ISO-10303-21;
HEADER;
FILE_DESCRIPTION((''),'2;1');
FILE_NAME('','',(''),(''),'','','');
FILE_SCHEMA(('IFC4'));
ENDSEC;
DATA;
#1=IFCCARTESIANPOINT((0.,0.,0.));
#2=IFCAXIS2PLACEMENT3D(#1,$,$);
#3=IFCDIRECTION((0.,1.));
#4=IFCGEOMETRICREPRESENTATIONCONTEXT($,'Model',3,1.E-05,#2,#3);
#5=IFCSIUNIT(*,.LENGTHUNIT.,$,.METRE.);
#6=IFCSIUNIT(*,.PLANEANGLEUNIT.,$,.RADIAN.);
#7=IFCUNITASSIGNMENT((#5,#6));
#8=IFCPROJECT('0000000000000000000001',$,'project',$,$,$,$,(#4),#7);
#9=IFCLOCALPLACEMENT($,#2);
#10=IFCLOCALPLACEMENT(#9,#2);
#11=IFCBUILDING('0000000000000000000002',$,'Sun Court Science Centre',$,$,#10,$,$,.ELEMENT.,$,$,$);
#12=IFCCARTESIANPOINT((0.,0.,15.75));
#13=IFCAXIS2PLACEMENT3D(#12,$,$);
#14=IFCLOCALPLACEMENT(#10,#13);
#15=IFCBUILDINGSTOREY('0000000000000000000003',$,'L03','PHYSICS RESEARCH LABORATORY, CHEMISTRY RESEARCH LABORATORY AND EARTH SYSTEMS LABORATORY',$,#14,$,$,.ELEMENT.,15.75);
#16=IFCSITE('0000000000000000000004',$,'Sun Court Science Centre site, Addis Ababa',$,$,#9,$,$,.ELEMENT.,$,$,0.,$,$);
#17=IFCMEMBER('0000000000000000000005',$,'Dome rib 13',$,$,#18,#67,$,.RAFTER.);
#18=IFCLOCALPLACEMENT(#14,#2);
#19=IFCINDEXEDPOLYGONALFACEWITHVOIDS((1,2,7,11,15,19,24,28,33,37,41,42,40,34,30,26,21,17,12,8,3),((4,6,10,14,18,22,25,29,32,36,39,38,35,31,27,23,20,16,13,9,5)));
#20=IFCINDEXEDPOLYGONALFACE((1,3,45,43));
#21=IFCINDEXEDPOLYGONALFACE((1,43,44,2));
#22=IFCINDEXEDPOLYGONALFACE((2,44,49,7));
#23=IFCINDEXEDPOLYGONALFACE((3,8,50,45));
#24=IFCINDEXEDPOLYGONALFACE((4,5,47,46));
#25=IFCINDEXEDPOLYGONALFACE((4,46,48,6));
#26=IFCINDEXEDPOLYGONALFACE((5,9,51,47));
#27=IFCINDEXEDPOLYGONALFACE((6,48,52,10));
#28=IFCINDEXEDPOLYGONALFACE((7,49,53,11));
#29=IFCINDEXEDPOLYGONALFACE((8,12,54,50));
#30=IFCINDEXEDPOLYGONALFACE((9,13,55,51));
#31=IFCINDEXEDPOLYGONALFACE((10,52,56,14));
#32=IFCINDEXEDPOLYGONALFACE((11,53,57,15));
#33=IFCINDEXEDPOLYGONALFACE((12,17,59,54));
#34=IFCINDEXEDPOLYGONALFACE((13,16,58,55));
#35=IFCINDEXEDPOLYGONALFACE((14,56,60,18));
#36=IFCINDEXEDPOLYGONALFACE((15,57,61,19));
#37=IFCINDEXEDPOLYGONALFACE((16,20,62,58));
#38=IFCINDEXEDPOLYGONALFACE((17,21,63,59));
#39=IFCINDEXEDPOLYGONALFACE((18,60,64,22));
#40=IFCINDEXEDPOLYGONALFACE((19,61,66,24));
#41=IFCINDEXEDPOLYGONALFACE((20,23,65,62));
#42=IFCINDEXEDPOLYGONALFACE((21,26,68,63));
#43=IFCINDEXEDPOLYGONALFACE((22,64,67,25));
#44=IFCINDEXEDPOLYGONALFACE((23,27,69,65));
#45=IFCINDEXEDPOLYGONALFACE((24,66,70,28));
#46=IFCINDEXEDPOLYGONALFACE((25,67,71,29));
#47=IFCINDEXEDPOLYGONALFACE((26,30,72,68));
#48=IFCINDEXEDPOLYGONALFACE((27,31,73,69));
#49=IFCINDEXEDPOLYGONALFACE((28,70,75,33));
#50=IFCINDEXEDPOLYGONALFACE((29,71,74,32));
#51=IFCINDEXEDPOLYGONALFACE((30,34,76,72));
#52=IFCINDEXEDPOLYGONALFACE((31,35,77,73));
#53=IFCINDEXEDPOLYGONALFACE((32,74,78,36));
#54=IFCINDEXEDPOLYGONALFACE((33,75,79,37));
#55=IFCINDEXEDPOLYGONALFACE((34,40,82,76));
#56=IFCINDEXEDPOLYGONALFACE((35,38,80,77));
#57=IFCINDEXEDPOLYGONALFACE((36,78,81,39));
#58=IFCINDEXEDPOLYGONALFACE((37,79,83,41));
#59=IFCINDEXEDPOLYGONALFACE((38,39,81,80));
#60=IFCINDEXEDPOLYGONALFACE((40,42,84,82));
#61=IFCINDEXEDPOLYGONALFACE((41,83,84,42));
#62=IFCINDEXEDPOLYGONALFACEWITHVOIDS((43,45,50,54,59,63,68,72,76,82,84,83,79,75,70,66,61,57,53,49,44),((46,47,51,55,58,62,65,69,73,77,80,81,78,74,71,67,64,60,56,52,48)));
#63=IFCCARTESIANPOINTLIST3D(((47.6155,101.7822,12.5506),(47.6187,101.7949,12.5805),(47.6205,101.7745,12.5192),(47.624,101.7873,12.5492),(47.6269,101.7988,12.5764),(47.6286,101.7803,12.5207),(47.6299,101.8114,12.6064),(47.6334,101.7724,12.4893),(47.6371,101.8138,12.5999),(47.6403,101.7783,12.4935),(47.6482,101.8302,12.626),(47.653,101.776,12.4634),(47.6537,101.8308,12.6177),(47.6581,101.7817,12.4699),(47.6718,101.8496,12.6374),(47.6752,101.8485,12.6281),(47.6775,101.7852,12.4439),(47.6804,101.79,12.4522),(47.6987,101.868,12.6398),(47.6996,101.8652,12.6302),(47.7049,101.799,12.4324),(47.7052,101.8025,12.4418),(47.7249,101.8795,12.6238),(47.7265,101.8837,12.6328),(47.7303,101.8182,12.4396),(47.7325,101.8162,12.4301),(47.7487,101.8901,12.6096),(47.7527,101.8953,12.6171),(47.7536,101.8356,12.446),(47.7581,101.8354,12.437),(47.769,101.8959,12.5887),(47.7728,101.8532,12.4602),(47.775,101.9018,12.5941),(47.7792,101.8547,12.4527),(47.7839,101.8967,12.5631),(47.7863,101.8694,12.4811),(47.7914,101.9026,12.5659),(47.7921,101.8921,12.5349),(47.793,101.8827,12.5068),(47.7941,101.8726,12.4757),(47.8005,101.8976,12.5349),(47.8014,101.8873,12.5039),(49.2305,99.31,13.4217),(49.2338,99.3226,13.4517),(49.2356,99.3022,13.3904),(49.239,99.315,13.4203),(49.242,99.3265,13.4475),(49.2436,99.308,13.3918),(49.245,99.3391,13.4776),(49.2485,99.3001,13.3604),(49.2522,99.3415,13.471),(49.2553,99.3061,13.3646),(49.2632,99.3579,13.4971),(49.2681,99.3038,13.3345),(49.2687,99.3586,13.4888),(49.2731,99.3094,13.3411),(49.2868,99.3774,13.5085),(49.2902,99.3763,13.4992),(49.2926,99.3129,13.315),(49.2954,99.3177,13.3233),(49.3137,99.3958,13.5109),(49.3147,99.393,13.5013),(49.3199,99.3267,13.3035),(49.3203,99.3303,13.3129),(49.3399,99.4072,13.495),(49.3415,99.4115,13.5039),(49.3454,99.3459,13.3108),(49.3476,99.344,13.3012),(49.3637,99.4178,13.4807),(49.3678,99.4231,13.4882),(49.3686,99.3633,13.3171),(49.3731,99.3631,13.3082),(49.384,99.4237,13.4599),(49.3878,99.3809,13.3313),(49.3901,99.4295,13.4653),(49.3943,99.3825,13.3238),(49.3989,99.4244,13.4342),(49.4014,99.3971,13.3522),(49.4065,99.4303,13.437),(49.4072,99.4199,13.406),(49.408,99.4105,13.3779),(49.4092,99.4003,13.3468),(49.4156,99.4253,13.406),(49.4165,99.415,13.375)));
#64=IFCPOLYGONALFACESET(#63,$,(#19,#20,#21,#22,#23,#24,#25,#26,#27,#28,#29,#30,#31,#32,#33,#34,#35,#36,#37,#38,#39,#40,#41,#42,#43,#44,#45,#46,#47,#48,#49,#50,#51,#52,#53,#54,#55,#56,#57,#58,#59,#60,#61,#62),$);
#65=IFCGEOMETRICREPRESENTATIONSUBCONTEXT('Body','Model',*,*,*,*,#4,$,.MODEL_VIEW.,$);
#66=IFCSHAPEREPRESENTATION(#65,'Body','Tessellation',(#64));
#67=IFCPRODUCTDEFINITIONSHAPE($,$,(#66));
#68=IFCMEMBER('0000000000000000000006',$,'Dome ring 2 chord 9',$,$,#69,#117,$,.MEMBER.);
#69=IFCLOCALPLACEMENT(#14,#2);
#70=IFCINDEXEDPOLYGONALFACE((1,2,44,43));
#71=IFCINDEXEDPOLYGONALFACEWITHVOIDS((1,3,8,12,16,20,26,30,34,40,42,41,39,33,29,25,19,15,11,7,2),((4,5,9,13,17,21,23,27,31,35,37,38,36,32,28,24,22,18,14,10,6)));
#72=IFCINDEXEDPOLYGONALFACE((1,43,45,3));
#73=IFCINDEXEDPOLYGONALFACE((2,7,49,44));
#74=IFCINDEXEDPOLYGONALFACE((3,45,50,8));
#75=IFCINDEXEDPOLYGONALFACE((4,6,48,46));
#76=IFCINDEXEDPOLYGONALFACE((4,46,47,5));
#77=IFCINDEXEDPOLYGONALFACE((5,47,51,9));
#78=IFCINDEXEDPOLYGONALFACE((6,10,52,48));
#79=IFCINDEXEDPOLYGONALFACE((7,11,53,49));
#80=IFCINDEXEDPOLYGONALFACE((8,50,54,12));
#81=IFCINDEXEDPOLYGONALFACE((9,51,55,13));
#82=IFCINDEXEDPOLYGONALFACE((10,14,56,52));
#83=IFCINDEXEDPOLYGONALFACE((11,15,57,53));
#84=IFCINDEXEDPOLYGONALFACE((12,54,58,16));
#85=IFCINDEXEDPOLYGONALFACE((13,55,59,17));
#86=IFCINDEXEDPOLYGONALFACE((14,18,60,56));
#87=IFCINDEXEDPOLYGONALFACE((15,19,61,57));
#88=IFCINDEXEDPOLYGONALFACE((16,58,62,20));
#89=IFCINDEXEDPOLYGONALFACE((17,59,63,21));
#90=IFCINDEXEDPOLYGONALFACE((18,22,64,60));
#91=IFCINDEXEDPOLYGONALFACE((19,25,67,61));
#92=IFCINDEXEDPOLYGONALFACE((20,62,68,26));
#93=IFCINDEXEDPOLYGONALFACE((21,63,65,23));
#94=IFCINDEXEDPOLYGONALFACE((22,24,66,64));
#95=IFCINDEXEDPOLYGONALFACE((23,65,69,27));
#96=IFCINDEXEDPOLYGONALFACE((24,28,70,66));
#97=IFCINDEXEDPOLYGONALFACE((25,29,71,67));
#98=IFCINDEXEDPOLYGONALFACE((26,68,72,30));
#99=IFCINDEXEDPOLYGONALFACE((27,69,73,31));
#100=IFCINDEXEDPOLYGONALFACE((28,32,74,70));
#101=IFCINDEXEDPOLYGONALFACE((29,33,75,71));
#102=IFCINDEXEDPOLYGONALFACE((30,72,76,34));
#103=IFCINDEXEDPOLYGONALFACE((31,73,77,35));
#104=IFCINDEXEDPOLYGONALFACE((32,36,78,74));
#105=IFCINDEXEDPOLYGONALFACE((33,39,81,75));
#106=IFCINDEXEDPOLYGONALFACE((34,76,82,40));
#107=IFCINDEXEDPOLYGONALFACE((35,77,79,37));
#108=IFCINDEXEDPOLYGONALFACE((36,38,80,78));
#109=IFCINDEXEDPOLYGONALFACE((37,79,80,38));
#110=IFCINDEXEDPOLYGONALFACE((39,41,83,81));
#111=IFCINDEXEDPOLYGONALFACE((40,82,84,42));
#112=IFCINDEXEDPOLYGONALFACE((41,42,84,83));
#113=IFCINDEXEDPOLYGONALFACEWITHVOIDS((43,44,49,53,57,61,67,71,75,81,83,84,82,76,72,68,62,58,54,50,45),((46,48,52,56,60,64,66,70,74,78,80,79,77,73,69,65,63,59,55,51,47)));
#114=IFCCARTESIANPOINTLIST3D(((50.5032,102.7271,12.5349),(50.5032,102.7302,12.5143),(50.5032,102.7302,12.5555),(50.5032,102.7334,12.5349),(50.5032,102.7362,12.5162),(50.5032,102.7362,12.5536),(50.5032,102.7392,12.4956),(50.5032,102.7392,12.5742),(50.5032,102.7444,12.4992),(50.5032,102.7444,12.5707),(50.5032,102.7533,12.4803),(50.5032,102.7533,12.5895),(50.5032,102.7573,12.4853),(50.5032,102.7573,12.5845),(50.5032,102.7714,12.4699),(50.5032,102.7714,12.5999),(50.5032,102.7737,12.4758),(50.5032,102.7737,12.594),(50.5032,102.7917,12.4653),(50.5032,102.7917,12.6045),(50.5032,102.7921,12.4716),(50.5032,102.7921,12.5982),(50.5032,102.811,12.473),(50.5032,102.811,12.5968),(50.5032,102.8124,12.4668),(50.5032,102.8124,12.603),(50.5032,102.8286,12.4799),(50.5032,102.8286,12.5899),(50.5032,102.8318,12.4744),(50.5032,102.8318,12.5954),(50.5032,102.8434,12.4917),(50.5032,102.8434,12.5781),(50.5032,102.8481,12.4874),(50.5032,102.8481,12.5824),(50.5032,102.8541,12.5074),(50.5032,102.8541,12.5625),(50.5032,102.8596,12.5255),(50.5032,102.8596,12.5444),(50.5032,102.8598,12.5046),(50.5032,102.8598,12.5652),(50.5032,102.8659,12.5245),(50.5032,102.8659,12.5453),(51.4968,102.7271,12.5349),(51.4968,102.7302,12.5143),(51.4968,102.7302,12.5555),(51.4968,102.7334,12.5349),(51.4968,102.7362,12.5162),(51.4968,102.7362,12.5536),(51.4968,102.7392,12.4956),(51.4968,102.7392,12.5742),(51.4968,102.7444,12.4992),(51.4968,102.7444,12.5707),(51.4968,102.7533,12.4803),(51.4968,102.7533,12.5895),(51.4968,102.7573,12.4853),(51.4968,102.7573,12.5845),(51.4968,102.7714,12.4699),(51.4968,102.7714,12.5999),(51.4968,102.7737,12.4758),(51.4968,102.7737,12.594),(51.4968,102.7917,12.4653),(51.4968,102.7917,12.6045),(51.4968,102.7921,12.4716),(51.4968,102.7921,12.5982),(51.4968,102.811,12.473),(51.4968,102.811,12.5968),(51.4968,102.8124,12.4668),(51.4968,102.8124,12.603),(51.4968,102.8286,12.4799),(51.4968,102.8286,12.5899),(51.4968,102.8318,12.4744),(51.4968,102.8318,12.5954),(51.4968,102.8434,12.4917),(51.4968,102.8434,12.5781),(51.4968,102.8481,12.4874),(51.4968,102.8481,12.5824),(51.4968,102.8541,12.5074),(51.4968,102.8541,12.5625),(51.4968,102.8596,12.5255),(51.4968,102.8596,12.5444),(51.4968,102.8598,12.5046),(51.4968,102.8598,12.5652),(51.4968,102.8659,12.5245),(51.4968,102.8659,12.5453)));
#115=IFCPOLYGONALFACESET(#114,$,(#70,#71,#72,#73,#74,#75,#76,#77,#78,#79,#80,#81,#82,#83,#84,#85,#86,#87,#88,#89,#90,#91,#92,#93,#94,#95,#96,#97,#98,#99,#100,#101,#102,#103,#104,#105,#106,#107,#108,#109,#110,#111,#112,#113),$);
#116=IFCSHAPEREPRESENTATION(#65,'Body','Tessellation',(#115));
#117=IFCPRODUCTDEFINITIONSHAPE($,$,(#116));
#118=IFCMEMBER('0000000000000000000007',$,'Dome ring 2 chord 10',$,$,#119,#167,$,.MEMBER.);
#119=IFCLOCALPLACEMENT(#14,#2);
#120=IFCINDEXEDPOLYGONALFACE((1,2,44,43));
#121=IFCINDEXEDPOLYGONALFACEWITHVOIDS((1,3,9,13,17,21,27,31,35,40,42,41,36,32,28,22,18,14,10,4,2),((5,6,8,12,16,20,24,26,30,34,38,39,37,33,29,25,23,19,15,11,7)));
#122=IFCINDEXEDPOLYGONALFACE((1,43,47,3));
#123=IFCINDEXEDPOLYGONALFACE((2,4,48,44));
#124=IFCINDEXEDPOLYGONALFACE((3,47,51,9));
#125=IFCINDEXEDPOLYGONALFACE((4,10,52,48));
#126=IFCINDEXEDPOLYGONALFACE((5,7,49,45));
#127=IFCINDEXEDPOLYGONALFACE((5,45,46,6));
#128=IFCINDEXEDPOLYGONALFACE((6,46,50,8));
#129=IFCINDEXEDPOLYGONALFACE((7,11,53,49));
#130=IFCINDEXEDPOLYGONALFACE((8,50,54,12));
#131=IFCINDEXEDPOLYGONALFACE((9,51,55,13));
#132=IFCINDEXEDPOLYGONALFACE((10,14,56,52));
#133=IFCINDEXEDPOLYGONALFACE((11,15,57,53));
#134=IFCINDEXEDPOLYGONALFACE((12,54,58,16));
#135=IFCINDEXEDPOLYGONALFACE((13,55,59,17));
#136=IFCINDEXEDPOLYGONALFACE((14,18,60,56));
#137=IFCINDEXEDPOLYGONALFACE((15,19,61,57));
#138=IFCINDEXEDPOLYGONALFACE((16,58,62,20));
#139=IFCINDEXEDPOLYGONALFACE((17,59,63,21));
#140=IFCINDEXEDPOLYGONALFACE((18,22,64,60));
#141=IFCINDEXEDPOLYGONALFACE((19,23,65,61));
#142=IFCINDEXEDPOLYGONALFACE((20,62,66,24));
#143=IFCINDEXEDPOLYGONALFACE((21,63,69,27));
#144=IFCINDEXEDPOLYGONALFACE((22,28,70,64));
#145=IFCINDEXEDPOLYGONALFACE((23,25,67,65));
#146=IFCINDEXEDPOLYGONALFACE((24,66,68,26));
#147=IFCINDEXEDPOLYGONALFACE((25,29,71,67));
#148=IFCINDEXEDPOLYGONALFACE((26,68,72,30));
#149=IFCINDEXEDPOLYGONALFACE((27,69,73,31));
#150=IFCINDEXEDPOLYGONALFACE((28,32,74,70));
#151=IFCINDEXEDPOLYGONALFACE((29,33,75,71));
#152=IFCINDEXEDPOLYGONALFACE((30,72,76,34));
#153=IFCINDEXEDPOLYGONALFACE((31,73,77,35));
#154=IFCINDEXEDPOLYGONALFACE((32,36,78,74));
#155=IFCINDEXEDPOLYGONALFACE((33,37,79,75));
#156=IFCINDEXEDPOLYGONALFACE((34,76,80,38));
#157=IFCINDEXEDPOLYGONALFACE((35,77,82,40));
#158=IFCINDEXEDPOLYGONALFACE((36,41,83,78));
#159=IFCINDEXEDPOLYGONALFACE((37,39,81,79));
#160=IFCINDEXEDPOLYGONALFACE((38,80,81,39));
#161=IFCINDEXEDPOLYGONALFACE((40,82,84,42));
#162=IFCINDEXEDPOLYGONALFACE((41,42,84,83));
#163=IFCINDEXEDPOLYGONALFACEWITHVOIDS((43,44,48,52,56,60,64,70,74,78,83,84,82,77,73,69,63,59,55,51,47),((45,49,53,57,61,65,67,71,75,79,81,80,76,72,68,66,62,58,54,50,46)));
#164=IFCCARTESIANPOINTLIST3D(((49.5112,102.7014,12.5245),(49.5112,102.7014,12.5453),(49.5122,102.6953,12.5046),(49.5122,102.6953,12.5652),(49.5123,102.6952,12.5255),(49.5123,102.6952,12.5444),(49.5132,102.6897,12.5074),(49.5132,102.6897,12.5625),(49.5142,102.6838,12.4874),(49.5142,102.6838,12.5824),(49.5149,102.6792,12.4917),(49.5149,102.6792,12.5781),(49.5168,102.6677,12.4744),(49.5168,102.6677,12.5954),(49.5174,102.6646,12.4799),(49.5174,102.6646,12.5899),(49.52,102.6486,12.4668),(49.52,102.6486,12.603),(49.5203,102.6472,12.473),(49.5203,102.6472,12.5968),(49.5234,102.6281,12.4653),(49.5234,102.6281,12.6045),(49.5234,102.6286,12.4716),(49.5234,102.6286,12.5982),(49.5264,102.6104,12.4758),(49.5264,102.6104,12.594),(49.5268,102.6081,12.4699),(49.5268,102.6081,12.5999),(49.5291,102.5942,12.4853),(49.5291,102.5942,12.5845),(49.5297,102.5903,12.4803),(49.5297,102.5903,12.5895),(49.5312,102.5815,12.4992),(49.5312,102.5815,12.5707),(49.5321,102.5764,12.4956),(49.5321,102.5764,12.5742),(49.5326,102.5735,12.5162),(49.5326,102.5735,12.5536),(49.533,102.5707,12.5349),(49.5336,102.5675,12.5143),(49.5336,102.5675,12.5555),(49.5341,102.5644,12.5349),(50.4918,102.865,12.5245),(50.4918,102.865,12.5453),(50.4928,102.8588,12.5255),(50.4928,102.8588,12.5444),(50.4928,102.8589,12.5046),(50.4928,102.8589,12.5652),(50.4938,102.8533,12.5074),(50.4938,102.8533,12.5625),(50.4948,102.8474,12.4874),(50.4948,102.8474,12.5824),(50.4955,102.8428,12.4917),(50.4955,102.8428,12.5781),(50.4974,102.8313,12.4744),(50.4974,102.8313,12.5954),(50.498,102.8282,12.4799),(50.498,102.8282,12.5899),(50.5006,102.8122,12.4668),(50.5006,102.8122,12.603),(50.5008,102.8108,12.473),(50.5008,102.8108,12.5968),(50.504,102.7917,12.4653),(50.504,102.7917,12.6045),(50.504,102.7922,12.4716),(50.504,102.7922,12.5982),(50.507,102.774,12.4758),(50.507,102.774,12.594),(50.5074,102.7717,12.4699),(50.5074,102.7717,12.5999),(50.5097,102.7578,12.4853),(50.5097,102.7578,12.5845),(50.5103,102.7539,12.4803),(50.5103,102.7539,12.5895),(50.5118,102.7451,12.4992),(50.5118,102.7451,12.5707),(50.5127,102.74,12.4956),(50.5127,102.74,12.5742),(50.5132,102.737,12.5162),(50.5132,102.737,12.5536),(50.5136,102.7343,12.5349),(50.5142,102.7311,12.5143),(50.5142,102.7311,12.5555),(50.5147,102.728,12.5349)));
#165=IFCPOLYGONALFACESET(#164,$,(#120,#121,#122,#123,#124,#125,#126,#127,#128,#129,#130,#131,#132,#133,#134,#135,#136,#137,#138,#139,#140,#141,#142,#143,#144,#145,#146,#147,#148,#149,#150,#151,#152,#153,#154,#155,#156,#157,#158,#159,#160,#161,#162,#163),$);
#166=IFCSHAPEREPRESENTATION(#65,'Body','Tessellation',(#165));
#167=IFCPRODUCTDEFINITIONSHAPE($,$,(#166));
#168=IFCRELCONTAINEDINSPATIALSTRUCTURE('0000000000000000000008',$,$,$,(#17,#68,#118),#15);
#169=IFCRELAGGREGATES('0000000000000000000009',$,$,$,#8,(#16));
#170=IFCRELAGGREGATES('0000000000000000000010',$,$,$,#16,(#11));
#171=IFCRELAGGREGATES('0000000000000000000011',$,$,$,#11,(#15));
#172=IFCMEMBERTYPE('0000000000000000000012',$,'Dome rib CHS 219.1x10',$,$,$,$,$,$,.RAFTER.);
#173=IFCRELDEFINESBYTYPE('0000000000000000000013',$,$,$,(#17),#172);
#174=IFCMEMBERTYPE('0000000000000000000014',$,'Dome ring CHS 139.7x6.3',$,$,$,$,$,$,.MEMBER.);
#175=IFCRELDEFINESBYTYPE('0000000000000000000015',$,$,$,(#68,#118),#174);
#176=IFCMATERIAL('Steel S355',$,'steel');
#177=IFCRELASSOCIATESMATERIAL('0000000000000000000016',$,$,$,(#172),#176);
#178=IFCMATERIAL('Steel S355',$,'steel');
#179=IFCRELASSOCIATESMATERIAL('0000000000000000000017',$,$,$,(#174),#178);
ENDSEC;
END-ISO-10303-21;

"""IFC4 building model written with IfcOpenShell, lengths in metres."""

from ifc_helpers import new_model, si_unit, direction, frame, origin, origin_2d, place, context, subcontext, project, spatial, hollow_circle, extrude, material, material_profile, profile_set, type_object, element, save


model = new_model("IFC4")

# Units and contexts
model_context = context("Model", 3, precision=1e-05, world=origin(), true_north=direction((0.0, 1.0)))
body_context = subcontext(model_context, "Body", "Model", "MODEL_VIEW")
ifc_project = project(units=[si_unit("LENGTHUNIT", "METRE"), si_unit("PLANEANGLEUNIT", "RADIAN")], contexts=[model_context])

# Site, building, storey
site_placement = place(None, origin())
site = spatial("IfcSite", under=ifc_project, at=site_placement, Name="Sun Court Science Centre site, Addis Ababa", CompositionType="ELEMENT", RefElevation=0.0)
building_placement = place(site_placement, origin())
building = spatial("IfcBuilding", under=site, at=building_placement, Name="Sun Court Science Centre", CompositionType="ELEMENT")
storey_placement = place(building_placement, frame((0.0, 0.0, 15.75)))
storey = spatial("IfcBuildingStorey", under=building, at=storey_placement, Name="L03", Description="PHYSICS RESEARCH LABORATORY, CHEMISTRY RESEARCH LABORATORY AND EARTH SYSTEMS LABORATORY", CompositionType="ELEMENT", Elevation=15.75)

# Members
ifc_material_1 = material(Name="Steel S355", Category="steel")
ifc_material_profile_1 = material_profile(ifc_material_1, hollow_circle(Radius=0.1096, WallThickness=0.01, at=origin_2d()), Name="CHS 219.1x10")
ifc_profile_set_1 = profile_set([ifc_material_profile_1], Name="Steel S355")
member_type_1 = type_object("IfcMemberType", Name="Dome rib CHS 219.1x10", PredefinedType="RAFTER", material=ifc_profile_set_1)
member_1_placement = place(storey_placement, frame((47.7087, 101.8376, 12.5349), z_axis=(0.524563, -0.802982, 0.282939), x_axis=(0.837191, 0.546911, 0.0)))
element("IfcMember", 1, at=member_1_placement, inside=storey, type_object=member_type_1, Name="Dome rib 13", PredefinedType="RAFTER", context=body_context, shape_type="SweptSolid", body=[
    extrude(hollow_circle(Radius=0.1096, WallThickness=0.01, at=origin_2d()), origin(), (0.0, 0.0, 1.0), 3.0789),
])
ifc_material_2 = material(Name="Steel S355", Category="steel")
ifc_material_profile_2 = material_profile(ifc_material_2, hollow_circle(Radius=0.0698, WallThickness=0.0063, at=origin_2d()), Name="CHS 139.7x6.3")
ifc_profile_set_2 = profile_set([ifc_material_profile_2], Name="Steel S355")
member_type_2 = type_object("IfcMemberType", Name="Dome ring CHS 139.7x6.3", PredefinedType="MEMBER", material=ifc_profile_set_2)
member_2_placement = place(storey_placement, frame((51.4968, 102.7969, 12.5349), z_axis=(-1.0, 0.0, 0.0), x_axis=(0.0, -1.0, 0.0)))
element("IfcMember", 2, at=member_2_placement, inside=storey, type_object=member_type_2, Name="Dome ring 2 chord 9", PredefinedType="MEMBER", context=body_context, shape_type="SweptSolid", body=[
    extrude(hollow_circle(Radius=0.0698, WallThickness=0.0063, at=origin_2d()), origin(), (0.0, 0.0, 1.0), 0.9937),
])
member_3_placement = place(storey_placement, frame((50.5032, 102.7969, 12.5349), z_axis=(-0.986367, -0.164558, 0.0), x_axis=(0.164558, -0.986367, 0.0)))
element("IfcMember", 3, at=member_3_placement, inside=storey, type_object=member_type_2, Name="Dome ring 2 chord 10", PredefinedType="MEMBER", context=body_context, shape_type="SweptSolid", body=[
    extrude(hollow_circle(Radius=0.0698, WallThickness=0.0063, at=origin_2d()), origin(), (0.0, 0.0, 1.0), 0.9941),
])

save(model, "model.ifc")
